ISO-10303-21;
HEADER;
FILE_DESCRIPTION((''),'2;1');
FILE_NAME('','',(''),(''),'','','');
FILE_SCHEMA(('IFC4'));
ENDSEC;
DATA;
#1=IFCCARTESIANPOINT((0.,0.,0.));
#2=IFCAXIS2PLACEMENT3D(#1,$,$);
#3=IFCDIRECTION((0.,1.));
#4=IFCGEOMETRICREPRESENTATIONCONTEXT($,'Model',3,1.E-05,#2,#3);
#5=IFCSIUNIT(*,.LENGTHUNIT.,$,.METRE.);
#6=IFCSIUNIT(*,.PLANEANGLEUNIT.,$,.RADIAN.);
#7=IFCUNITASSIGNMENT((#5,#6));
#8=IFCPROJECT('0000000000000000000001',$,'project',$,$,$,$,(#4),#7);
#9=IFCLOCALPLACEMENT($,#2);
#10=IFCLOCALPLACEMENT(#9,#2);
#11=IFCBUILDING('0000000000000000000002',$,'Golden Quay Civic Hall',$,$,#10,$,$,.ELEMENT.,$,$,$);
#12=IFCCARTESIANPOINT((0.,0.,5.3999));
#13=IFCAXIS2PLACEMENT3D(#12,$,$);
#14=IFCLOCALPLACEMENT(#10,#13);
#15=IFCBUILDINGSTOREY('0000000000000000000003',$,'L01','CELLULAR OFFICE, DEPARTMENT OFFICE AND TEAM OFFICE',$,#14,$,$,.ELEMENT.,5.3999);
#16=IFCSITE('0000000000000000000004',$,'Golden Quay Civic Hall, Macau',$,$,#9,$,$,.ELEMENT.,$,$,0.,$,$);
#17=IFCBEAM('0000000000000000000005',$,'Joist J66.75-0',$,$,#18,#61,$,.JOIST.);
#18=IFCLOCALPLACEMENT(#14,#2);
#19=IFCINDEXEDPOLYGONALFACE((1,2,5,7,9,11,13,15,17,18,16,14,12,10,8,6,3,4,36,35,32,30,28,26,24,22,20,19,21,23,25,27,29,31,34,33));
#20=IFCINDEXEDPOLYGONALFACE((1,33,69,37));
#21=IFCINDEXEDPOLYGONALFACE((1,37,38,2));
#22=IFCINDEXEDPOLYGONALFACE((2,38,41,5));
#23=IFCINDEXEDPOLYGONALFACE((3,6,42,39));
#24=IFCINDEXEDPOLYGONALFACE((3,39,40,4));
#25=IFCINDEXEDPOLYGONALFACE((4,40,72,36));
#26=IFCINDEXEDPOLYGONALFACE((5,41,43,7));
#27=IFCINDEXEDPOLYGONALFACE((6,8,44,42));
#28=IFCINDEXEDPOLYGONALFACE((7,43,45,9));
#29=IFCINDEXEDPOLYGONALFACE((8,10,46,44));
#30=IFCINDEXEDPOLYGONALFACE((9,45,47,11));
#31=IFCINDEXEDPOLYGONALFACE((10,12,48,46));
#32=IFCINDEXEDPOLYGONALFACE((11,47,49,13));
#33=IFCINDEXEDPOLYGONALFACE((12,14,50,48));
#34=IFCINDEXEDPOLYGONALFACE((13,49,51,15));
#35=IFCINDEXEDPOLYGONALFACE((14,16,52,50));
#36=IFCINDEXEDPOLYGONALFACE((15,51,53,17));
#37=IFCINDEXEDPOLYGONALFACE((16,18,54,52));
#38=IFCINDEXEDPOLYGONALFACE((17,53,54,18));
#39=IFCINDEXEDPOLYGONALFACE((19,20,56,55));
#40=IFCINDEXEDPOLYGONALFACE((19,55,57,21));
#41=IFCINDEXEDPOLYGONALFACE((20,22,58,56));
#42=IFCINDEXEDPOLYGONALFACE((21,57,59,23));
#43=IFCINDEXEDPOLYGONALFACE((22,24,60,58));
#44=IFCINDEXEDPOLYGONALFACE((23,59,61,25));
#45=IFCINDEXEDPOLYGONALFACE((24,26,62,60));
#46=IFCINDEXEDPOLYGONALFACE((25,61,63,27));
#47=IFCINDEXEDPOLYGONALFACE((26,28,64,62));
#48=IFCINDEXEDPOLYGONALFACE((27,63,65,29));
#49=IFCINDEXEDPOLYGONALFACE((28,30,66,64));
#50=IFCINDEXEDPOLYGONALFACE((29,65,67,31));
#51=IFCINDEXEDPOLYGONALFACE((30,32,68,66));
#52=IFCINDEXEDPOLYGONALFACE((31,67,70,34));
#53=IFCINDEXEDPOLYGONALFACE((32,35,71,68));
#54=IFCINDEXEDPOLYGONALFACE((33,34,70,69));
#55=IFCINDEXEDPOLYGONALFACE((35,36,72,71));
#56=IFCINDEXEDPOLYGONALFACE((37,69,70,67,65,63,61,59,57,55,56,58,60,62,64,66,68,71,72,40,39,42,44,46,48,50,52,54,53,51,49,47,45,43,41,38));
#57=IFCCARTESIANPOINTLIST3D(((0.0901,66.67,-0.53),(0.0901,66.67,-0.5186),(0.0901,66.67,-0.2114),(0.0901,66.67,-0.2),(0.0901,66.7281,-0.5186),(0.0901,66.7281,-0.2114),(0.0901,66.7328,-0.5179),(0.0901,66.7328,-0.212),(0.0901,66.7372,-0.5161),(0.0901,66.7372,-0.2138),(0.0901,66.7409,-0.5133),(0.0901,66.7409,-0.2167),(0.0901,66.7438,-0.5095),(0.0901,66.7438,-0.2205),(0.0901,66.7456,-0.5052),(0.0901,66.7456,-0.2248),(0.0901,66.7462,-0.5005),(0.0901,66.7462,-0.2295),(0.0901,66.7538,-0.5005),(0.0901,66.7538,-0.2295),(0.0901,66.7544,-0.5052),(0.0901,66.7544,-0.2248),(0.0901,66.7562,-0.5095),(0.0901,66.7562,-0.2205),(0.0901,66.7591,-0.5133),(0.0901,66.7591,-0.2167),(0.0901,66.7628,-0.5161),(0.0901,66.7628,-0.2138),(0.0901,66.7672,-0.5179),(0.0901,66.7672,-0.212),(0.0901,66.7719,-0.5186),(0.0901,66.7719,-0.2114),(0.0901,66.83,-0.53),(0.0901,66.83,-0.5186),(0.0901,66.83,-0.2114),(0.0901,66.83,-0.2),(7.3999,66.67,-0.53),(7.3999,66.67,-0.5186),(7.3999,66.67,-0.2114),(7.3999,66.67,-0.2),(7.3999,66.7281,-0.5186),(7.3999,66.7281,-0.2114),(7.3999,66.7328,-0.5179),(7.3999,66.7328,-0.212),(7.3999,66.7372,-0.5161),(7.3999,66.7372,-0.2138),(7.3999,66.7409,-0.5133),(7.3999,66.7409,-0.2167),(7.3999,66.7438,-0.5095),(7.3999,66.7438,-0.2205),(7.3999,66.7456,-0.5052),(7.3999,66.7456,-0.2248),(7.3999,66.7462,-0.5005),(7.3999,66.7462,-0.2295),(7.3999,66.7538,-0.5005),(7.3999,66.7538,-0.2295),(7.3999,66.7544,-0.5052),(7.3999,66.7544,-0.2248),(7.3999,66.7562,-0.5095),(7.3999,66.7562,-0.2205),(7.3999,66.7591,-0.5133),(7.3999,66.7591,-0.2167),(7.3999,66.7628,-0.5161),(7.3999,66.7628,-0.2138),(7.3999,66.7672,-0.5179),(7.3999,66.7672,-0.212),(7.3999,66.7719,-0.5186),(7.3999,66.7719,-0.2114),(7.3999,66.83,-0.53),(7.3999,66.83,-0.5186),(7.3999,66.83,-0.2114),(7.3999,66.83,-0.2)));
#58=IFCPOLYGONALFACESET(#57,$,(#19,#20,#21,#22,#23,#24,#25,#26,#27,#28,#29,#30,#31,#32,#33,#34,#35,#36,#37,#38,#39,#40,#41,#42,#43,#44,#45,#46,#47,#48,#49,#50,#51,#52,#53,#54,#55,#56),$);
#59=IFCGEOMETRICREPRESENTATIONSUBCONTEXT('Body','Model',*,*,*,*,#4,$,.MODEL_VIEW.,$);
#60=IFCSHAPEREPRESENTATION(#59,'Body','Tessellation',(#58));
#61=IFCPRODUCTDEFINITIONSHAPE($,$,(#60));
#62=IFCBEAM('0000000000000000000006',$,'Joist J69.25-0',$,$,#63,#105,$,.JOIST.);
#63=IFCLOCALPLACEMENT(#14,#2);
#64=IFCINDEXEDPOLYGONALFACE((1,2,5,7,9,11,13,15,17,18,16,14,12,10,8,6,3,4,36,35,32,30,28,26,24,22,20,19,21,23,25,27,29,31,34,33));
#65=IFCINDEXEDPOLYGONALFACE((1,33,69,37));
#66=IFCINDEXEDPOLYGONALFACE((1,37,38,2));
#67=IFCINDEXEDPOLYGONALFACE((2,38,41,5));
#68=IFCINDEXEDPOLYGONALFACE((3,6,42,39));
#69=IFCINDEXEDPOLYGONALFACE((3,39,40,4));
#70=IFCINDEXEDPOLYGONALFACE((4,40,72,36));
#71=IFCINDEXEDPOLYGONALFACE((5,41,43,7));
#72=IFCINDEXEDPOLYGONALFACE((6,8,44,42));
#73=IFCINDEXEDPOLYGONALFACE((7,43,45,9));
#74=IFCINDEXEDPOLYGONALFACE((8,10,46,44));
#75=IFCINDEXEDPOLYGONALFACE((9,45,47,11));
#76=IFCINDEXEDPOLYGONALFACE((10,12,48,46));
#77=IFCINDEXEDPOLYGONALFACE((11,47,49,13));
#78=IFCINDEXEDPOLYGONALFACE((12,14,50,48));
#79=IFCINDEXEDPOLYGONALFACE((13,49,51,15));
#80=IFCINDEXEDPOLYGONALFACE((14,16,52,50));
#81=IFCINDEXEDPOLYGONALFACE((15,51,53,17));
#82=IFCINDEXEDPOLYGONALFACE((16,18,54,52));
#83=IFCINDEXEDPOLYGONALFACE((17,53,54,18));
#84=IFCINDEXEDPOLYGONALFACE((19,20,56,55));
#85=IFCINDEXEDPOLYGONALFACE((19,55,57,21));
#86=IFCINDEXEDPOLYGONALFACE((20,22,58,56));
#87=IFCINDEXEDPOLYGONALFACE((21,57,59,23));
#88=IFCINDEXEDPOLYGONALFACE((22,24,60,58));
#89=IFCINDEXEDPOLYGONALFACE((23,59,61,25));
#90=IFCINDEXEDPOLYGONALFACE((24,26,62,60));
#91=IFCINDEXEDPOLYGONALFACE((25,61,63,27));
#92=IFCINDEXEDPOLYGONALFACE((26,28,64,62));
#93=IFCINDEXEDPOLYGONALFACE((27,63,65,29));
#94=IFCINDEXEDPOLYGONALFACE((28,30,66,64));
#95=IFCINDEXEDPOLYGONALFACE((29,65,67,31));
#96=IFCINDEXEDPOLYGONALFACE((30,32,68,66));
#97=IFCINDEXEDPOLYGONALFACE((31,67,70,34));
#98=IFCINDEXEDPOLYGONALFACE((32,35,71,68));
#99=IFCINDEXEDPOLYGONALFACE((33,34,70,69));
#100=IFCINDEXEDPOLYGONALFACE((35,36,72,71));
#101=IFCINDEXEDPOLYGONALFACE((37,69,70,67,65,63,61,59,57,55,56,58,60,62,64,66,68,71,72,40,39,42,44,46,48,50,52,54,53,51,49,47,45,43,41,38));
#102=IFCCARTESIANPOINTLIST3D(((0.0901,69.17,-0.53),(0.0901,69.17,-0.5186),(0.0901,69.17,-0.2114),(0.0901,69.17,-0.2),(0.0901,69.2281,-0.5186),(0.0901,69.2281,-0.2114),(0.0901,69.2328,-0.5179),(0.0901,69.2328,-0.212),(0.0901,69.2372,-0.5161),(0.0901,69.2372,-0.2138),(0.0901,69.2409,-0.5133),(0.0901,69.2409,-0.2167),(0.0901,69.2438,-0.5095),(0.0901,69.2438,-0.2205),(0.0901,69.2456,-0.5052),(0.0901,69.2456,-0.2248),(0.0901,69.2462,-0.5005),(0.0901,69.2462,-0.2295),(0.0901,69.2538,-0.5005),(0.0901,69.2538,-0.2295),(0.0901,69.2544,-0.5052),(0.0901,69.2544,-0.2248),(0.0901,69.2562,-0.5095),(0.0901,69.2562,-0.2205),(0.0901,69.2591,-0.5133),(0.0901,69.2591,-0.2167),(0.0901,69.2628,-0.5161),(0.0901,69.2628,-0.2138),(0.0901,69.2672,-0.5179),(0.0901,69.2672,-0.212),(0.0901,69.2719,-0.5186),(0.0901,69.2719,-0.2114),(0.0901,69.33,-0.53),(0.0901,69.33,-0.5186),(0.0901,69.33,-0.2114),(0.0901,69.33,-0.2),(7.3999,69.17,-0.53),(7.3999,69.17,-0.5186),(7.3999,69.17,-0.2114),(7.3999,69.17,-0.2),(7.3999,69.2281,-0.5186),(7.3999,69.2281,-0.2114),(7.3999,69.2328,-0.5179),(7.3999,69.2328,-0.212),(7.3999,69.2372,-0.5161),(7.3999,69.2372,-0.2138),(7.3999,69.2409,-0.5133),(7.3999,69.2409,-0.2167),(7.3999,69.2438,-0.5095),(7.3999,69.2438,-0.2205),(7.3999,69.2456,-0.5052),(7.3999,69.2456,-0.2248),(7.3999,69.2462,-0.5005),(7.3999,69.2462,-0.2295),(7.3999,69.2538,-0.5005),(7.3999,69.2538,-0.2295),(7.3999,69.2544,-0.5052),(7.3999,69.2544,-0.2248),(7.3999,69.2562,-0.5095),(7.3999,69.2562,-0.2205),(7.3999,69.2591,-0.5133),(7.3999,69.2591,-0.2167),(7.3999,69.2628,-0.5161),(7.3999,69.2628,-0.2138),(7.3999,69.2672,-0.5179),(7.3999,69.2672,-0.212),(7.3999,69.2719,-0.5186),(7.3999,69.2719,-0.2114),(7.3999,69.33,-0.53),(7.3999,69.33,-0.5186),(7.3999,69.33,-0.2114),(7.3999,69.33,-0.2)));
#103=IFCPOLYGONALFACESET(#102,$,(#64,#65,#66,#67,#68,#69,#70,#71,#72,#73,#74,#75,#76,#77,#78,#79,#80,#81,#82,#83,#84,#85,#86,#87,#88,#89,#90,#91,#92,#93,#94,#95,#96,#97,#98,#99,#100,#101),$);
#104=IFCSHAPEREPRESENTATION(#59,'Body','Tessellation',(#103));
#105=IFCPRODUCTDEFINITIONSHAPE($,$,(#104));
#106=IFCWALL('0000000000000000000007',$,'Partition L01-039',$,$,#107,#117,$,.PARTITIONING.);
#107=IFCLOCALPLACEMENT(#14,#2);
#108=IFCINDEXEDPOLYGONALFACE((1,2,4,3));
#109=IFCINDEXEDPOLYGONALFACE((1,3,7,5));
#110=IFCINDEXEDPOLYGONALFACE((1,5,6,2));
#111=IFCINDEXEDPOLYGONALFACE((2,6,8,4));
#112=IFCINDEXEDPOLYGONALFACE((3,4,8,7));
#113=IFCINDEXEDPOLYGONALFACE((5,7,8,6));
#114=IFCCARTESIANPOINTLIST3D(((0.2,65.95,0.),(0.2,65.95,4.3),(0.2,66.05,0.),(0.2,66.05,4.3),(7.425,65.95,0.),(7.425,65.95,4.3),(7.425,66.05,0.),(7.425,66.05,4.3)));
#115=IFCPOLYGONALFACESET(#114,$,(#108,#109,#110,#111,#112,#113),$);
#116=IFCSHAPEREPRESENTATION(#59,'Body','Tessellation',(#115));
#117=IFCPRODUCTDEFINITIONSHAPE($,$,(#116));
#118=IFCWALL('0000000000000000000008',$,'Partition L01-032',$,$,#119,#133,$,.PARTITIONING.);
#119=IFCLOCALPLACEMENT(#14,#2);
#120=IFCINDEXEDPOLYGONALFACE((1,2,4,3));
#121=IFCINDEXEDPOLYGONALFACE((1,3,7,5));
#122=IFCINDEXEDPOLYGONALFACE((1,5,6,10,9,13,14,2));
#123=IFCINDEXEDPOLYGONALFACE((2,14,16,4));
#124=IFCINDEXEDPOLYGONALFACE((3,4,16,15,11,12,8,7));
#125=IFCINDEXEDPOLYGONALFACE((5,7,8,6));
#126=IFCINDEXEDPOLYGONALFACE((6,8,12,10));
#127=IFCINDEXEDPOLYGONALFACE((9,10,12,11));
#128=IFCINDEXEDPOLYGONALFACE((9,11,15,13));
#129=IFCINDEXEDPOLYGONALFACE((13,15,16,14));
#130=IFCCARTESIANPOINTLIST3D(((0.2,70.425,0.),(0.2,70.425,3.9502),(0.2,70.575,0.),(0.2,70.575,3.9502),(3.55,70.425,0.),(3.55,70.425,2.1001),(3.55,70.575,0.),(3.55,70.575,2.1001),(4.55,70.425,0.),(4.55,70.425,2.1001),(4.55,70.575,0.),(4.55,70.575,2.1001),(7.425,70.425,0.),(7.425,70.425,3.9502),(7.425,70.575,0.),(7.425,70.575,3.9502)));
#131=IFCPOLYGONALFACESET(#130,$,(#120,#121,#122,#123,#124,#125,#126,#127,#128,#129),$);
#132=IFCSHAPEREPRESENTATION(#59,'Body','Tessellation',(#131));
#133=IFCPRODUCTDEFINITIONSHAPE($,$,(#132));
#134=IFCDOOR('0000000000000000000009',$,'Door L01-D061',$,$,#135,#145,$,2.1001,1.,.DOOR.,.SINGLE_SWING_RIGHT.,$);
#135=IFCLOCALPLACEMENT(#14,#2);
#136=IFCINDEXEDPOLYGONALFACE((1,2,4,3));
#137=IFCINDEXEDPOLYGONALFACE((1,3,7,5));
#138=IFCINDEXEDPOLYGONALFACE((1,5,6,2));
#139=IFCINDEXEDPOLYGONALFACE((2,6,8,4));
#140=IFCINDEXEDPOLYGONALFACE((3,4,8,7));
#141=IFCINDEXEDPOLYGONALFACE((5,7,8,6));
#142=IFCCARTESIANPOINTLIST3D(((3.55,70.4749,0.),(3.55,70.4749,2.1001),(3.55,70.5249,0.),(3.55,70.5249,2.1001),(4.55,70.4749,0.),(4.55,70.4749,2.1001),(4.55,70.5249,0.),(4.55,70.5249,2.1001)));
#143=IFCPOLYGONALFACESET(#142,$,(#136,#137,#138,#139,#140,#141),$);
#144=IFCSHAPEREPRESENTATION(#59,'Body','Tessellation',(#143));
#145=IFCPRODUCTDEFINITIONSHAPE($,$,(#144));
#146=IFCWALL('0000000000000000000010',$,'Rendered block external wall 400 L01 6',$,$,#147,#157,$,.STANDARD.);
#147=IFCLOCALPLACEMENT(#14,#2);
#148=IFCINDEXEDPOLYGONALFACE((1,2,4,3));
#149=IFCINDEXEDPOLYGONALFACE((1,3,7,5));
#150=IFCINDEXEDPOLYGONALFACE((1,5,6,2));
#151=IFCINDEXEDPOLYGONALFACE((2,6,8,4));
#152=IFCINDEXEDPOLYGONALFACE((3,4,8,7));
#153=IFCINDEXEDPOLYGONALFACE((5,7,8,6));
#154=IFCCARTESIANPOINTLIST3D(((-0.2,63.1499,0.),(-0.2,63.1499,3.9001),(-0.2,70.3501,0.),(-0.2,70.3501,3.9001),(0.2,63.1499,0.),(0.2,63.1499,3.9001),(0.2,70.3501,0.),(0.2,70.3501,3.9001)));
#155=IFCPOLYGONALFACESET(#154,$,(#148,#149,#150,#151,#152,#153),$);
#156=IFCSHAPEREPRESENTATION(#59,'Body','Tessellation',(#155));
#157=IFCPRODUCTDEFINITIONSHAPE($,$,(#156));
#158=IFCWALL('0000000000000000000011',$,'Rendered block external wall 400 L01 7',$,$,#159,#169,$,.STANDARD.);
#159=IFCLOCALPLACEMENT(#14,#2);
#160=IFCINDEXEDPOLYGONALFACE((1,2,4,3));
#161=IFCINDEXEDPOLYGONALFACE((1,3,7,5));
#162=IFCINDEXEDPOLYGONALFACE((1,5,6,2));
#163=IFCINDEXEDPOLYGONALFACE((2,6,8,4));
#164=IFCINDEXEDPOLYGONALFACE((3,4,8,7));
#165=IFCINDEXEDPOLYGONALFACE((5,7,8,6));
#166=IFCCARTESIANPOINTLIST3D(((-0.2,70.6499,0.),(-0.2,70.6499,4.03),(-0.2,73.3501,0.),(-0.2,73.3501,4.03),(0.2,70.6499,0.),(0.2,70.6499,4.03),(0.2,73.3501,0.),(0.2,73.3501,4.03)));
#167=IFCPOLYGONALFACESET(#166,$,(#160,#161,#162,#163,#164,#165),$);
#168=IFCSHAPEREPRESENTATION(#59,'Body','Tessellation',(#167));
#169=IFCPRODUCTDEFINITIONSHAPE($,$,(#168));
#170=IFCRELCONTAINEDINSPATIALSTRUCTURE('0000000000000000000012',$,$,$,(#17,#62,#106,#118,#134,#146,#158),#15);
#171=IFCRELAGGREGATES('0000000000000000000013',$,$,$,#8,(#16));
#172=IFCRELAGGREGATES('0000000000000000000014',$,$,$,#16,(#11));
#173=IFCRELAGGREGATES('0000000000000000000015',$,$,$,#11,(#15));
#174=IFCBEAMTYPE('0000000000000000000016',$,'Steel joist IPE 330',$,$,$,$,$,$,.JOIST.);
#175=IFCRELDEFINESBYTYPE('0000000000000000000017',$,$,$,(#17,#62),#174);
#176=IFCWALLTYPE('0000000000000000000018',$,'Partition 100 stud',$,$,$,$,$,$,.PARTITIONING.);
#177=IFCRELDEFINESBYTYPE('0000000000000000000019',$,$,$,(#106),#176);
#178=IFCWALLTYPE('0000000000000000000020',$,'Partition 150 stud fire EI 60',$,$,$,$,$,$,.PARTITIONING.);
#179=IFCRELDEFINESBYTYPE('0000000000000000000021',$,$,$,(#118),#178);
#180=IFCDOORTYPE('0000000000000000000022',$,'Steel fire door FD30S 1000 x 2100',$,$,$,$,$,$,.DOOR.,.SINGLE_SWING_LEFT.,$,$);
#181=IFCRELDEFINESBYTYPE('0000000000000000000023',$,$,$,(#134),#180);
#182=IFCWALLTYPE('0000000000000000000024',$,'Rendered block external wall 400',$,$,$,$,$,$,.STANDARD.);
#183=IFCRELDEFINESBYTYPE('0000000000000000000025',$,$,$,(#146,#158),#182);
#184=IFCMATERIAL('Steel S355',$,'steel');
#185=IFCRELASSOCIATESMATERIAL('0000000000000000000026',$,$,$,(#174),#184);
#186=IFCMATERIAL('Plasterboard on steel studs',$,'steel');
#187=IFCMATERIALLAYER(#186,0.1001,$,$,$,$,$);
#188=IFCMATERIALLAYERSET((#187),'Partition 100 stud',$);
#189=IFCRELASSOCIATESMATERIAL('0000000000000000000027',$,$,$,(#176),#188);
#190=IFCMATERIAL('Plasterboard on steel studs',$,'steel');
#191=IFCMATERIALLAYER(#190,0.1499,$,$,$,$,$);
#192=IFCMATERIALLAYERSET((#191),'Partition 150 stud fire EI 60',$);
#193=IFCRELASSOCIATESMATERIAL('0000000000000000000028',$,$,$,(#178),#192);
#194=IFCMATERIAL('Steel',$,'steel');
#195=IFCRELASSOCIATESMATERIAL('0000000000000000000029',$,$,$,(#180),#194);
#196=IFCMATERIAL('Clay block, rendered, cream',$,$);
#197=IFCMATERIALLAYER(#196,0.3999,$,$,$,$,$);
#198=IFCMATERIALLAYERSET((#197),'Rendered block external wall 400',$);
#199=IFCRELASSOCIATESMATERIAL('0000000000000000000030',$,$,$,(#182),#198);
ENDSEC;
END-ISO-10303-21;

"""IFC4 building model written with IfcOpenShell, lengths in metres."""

from ifc_helpers import new_model, si_unit, direction, frame, frame_2d, origin, origin_2d, place, context, subcontext, project, spatial, rectangle, i_section, extrude, material, layer, layer_set, material_profile, profile_set, type_object, element, fill, save


model = new_model("IFC4")

# Units and contexts
model_context = context("Model", 3, precision=1e-05, world=origin(), true_north=direction((0.0, 1.0)))
body_context = subcontext(model_context, "Body", "Model", "MODEL_VIEW")
ifc_project = project(units=[si_unit("LENGTHUNIT", "METRE"), si_unit("PLANEANGLEUNIT", "RADIAN")], contexts=[model_context])

# Site, building, storey
site_placement = place(None, origin())
site = spatial("IfcSite", under=ifc_project, at=site_placement, Name="Golden Quay Civic Hall, Macau", CompositionType="ELEMENT", RefElevation=0.0)
building_placement = place(site_placement, origin())
building = spatial("IfcBuilding", under=site, at=building_placement, Name="Golden Quay Civic Hall", CompositionType="ELEMENT")
storey_placement = place(building_placement, frame((0.0, 0.0, 5.3999)))
storey = spatial("IfcBuildingStorey", under=building, at=storey_placement, Name="L01", Description="CELLULAR OFFICE, DEPARTMENT OFFICE AND TEAM OFFICE", CompositionType="ELEMENT", Elevation=5.3999)

# Beams
ifc_material_1 = material(Name="Steel S355", Category="steel")
ifc_material_profile_1 = material_profile(ifc_material_1, i_section(OverallWidth=0.1599, OverallDepth=0.3301, WebThickness=0.0076, FlangeThickness=0.0115, FilletRadius=0.0181, at=origin_2d()), Name="IPE 330")
ifc_profile_set_1 = profile_set([ifc_material_profile_1], Name="Steel S355")
beam_type_1 = type_object("IfcBeamType", Name="Steel joist IPE 330", PredefinedType="JOIST", material=ifc_profile_set_1)
for number, where, z_axis, x_axis, name in (
    (1, (0.0901, 66.75, -0.365), (1.0, 0.0, 0.0), (0.0, 1.0, 0.0), "Joist J66.75-0"),
    (2, (0.0901, 69.25, -0.365), (1.0, 0.0, 0.0), (0.0, 1.0, 0.0), "Joist J69.25-0"),
):
    element("IfcBeam", number, at=place(storey_placement, frame(where, z_axis=z_axis, x_axis=x_axis)), inside=storey, type_object=beam_type_1, Name=name, PredefinedType="JOIST", context=body_context, shape_type="SweptSolid", body=[
        extrude(i_section(OverallWidth=0.1599, OverallDepth=0.3301, WebThickness=0.0076, FlangeThickness=0.0115, FilletRadius=0.0181, at=origin_2d()), origin(), (0.0, 0.0, 1.0), 7.3098),
    ])

# Wall
ifc_material_2 = material(Name="Plasterboard on steel studs", Category="steel")
ifc_layer_1 = layer(ifc_material_2, 0.1001)
ifc_layer_set_1 = layer_set([ifc_layer_1], Name="Partition 100 stud")
wall_type_1 = type_object("IfcWallType", Name="Partition 100 stud", PredefinedType="PARTITIONING", material=ifc_layer_set_1)
wall_1_placement = place(storey_placement, frame((0.2, 66.0, 0.0), z_axis=(0.0, 0.0, 1.0), x_axis=(1.0, 0.0, 0.0)))
element("IfcWall", 3, at=wall_1_placement, inside=storey, type_object=wall_type_1, Name="Partition L01-039", PredefinedType="PARTITIONING", context=body_context, shape_type="SweptSolid", body=[
    extrude(rectangle(XDim=7.2251, YDim=0.1001, at=frame_2d((3.6125, 0.0))), origin(), (0.0, 0.0, 1.0), 4.3),
])

# Wall, opening, door
ifc_material_3 = material(Name="Plasterboard on steel studs", Category="steel")
ifc_layer_2 = layer(ifc_material_3, 0.1499)
ifc_layer_set_2 = layer_set([ifc_layer_2], Name="Partition 150 stud fire EI 60")
wall_type_2 = type_object("IfcWallType", Name="Partition 150 stud fire EI 60", PredefinedType="PARTITIONING", material=ifc_layer_set_2)
wall_2_placement = place(storey_placement, frame((0.2, 70.5, 0.0), z_axis=(0.0, 0.0, 1.0), x_axis=(1.0, 0.0, 0.0)))
wall_2 = element("IfcWall", 4, at=wall_2_placement, inside=storey, type_object=wall_type_2, Name="Partition L01-032", PredefinedType="PARTITIONING", context=body_context, shape_type="SweptSolid", body=[
    extrude(rectangle(XDim=7.2251, YDim=0.1499, at=frame_2d((3.6125, 0.0))), origin(), (0.0, 0.0, 1.0), 3.9502),
])
opening_placement = place(wall_2_placement, frame((3.3501, 0.0, 0.0)))
opening = element("IfcOpeningElement", 5, at=opening_placement, cuts=wall_2, PredefinedType="OPENING", context=body_context, shape_type="SweptSolid", body=[
    extrude(rectangle(XDim=1.0, YDim=2.1001, at=frame_2d((0.5, 1.05))), frame((0.0, 0.085, 0.0), z_axis=(0.0, -1.0, 0.0), x_axis=(1.0, 0.0, 0.0)), (0.0, 0.0, 1.0), 0.1699),
])
ifc_material_4 = material(Name="Steel", Category="steel")
door_type = type_object("IfcDoorType", Name="Steel fire door FD30S 1000 x 2100", OperationType="SINGLE_SWING_LEFT", PredefinedType="DOOR", material=ifc_material_4)
door_placement = place(opening_placement, frame((1.0, 0.0, 0.0), z_axis=(0.0, 0.0, 1.0), x_axis=(-1.0, 0.0, 0.0)))
door = element("IfcDoor", 6, at=door_placement, inside=storey, type_object=door_type, Name="Door L01-D061", OperationType="SINGLE_SWING_RIGHT", OverallHeight=2.1001, OverallWidth=1.0, PredefinedType="DOOR", context=body_context, shape_type="SweptSolid", body=[
    extrude(rectangle(XDim=1.0, YDim=2.1001, at=frame_2d((0.5, 1.05))), frame((0.0, 0.0251, 0.0), z_axis=(0.0, -1.0, 0.0), x_axis=(1.0, 0.0, 0.0)), (0.0, 0.0, 1.0), 0.05),
])
fill(opening, door)

# Walls
ifc_material_5 = material(Name="Clay block, rendered, cream")
ifc_layer_3 = layer(ifc_material_5, 0.3999)
ifc_layer_set_3 = layer_set([ifc_layer_3], Name="Rendered block external wall 400")
wall_type_3 = type_object("IfcWallType", Name="Rendered block external wall 400", PredefinedType="STANDARD", material=ifc_layer_set_3)
wall_3_placement = place(storey_placement, frame((0.0, 63.1499, 0.0), z_axis=(0.0, 0.0, 1.0), x_axis=(0.0, 1.0, 0.0)))
element("IfcWall", 7, at=wall_3_placement, inside=storey, type_object=wall_type_3, Name="Rendered block external wall 400 L01 6", PredefinedType="STANDARD", context=body_context, shape_type="SweptSolid", body=[
    extrude(rectangle(XDim=7.2002, YDim=0.3999, at=frame_2d((3.6001, 0.0))), origin(), (0.0, 0.0, 1.0), 3.9001),
])
wall_4_placement = place(storey_placement, frame((0.0, 70.6499, 0.0), z_axis=(0.0, 0.0, 1.0), x_axis=(0.0, 1.0, 0.0)))
element("IfcWall", 8, at=wall_4_placement, inside=storey, type_object=wall_type_3, Name="Rendered block external wall 400 L01 7", PredefinedType="STANDARD", context=body_context, shape_type="SweptSolid", body=[
    extrude(rectangle(XDim=2.7002, YDim=0.3999, at=frame_2d((1.3501, 0.0))), origin(), (0.0, 0.0, 1.0), 4.03),
])

save(model, "model.ifc")
